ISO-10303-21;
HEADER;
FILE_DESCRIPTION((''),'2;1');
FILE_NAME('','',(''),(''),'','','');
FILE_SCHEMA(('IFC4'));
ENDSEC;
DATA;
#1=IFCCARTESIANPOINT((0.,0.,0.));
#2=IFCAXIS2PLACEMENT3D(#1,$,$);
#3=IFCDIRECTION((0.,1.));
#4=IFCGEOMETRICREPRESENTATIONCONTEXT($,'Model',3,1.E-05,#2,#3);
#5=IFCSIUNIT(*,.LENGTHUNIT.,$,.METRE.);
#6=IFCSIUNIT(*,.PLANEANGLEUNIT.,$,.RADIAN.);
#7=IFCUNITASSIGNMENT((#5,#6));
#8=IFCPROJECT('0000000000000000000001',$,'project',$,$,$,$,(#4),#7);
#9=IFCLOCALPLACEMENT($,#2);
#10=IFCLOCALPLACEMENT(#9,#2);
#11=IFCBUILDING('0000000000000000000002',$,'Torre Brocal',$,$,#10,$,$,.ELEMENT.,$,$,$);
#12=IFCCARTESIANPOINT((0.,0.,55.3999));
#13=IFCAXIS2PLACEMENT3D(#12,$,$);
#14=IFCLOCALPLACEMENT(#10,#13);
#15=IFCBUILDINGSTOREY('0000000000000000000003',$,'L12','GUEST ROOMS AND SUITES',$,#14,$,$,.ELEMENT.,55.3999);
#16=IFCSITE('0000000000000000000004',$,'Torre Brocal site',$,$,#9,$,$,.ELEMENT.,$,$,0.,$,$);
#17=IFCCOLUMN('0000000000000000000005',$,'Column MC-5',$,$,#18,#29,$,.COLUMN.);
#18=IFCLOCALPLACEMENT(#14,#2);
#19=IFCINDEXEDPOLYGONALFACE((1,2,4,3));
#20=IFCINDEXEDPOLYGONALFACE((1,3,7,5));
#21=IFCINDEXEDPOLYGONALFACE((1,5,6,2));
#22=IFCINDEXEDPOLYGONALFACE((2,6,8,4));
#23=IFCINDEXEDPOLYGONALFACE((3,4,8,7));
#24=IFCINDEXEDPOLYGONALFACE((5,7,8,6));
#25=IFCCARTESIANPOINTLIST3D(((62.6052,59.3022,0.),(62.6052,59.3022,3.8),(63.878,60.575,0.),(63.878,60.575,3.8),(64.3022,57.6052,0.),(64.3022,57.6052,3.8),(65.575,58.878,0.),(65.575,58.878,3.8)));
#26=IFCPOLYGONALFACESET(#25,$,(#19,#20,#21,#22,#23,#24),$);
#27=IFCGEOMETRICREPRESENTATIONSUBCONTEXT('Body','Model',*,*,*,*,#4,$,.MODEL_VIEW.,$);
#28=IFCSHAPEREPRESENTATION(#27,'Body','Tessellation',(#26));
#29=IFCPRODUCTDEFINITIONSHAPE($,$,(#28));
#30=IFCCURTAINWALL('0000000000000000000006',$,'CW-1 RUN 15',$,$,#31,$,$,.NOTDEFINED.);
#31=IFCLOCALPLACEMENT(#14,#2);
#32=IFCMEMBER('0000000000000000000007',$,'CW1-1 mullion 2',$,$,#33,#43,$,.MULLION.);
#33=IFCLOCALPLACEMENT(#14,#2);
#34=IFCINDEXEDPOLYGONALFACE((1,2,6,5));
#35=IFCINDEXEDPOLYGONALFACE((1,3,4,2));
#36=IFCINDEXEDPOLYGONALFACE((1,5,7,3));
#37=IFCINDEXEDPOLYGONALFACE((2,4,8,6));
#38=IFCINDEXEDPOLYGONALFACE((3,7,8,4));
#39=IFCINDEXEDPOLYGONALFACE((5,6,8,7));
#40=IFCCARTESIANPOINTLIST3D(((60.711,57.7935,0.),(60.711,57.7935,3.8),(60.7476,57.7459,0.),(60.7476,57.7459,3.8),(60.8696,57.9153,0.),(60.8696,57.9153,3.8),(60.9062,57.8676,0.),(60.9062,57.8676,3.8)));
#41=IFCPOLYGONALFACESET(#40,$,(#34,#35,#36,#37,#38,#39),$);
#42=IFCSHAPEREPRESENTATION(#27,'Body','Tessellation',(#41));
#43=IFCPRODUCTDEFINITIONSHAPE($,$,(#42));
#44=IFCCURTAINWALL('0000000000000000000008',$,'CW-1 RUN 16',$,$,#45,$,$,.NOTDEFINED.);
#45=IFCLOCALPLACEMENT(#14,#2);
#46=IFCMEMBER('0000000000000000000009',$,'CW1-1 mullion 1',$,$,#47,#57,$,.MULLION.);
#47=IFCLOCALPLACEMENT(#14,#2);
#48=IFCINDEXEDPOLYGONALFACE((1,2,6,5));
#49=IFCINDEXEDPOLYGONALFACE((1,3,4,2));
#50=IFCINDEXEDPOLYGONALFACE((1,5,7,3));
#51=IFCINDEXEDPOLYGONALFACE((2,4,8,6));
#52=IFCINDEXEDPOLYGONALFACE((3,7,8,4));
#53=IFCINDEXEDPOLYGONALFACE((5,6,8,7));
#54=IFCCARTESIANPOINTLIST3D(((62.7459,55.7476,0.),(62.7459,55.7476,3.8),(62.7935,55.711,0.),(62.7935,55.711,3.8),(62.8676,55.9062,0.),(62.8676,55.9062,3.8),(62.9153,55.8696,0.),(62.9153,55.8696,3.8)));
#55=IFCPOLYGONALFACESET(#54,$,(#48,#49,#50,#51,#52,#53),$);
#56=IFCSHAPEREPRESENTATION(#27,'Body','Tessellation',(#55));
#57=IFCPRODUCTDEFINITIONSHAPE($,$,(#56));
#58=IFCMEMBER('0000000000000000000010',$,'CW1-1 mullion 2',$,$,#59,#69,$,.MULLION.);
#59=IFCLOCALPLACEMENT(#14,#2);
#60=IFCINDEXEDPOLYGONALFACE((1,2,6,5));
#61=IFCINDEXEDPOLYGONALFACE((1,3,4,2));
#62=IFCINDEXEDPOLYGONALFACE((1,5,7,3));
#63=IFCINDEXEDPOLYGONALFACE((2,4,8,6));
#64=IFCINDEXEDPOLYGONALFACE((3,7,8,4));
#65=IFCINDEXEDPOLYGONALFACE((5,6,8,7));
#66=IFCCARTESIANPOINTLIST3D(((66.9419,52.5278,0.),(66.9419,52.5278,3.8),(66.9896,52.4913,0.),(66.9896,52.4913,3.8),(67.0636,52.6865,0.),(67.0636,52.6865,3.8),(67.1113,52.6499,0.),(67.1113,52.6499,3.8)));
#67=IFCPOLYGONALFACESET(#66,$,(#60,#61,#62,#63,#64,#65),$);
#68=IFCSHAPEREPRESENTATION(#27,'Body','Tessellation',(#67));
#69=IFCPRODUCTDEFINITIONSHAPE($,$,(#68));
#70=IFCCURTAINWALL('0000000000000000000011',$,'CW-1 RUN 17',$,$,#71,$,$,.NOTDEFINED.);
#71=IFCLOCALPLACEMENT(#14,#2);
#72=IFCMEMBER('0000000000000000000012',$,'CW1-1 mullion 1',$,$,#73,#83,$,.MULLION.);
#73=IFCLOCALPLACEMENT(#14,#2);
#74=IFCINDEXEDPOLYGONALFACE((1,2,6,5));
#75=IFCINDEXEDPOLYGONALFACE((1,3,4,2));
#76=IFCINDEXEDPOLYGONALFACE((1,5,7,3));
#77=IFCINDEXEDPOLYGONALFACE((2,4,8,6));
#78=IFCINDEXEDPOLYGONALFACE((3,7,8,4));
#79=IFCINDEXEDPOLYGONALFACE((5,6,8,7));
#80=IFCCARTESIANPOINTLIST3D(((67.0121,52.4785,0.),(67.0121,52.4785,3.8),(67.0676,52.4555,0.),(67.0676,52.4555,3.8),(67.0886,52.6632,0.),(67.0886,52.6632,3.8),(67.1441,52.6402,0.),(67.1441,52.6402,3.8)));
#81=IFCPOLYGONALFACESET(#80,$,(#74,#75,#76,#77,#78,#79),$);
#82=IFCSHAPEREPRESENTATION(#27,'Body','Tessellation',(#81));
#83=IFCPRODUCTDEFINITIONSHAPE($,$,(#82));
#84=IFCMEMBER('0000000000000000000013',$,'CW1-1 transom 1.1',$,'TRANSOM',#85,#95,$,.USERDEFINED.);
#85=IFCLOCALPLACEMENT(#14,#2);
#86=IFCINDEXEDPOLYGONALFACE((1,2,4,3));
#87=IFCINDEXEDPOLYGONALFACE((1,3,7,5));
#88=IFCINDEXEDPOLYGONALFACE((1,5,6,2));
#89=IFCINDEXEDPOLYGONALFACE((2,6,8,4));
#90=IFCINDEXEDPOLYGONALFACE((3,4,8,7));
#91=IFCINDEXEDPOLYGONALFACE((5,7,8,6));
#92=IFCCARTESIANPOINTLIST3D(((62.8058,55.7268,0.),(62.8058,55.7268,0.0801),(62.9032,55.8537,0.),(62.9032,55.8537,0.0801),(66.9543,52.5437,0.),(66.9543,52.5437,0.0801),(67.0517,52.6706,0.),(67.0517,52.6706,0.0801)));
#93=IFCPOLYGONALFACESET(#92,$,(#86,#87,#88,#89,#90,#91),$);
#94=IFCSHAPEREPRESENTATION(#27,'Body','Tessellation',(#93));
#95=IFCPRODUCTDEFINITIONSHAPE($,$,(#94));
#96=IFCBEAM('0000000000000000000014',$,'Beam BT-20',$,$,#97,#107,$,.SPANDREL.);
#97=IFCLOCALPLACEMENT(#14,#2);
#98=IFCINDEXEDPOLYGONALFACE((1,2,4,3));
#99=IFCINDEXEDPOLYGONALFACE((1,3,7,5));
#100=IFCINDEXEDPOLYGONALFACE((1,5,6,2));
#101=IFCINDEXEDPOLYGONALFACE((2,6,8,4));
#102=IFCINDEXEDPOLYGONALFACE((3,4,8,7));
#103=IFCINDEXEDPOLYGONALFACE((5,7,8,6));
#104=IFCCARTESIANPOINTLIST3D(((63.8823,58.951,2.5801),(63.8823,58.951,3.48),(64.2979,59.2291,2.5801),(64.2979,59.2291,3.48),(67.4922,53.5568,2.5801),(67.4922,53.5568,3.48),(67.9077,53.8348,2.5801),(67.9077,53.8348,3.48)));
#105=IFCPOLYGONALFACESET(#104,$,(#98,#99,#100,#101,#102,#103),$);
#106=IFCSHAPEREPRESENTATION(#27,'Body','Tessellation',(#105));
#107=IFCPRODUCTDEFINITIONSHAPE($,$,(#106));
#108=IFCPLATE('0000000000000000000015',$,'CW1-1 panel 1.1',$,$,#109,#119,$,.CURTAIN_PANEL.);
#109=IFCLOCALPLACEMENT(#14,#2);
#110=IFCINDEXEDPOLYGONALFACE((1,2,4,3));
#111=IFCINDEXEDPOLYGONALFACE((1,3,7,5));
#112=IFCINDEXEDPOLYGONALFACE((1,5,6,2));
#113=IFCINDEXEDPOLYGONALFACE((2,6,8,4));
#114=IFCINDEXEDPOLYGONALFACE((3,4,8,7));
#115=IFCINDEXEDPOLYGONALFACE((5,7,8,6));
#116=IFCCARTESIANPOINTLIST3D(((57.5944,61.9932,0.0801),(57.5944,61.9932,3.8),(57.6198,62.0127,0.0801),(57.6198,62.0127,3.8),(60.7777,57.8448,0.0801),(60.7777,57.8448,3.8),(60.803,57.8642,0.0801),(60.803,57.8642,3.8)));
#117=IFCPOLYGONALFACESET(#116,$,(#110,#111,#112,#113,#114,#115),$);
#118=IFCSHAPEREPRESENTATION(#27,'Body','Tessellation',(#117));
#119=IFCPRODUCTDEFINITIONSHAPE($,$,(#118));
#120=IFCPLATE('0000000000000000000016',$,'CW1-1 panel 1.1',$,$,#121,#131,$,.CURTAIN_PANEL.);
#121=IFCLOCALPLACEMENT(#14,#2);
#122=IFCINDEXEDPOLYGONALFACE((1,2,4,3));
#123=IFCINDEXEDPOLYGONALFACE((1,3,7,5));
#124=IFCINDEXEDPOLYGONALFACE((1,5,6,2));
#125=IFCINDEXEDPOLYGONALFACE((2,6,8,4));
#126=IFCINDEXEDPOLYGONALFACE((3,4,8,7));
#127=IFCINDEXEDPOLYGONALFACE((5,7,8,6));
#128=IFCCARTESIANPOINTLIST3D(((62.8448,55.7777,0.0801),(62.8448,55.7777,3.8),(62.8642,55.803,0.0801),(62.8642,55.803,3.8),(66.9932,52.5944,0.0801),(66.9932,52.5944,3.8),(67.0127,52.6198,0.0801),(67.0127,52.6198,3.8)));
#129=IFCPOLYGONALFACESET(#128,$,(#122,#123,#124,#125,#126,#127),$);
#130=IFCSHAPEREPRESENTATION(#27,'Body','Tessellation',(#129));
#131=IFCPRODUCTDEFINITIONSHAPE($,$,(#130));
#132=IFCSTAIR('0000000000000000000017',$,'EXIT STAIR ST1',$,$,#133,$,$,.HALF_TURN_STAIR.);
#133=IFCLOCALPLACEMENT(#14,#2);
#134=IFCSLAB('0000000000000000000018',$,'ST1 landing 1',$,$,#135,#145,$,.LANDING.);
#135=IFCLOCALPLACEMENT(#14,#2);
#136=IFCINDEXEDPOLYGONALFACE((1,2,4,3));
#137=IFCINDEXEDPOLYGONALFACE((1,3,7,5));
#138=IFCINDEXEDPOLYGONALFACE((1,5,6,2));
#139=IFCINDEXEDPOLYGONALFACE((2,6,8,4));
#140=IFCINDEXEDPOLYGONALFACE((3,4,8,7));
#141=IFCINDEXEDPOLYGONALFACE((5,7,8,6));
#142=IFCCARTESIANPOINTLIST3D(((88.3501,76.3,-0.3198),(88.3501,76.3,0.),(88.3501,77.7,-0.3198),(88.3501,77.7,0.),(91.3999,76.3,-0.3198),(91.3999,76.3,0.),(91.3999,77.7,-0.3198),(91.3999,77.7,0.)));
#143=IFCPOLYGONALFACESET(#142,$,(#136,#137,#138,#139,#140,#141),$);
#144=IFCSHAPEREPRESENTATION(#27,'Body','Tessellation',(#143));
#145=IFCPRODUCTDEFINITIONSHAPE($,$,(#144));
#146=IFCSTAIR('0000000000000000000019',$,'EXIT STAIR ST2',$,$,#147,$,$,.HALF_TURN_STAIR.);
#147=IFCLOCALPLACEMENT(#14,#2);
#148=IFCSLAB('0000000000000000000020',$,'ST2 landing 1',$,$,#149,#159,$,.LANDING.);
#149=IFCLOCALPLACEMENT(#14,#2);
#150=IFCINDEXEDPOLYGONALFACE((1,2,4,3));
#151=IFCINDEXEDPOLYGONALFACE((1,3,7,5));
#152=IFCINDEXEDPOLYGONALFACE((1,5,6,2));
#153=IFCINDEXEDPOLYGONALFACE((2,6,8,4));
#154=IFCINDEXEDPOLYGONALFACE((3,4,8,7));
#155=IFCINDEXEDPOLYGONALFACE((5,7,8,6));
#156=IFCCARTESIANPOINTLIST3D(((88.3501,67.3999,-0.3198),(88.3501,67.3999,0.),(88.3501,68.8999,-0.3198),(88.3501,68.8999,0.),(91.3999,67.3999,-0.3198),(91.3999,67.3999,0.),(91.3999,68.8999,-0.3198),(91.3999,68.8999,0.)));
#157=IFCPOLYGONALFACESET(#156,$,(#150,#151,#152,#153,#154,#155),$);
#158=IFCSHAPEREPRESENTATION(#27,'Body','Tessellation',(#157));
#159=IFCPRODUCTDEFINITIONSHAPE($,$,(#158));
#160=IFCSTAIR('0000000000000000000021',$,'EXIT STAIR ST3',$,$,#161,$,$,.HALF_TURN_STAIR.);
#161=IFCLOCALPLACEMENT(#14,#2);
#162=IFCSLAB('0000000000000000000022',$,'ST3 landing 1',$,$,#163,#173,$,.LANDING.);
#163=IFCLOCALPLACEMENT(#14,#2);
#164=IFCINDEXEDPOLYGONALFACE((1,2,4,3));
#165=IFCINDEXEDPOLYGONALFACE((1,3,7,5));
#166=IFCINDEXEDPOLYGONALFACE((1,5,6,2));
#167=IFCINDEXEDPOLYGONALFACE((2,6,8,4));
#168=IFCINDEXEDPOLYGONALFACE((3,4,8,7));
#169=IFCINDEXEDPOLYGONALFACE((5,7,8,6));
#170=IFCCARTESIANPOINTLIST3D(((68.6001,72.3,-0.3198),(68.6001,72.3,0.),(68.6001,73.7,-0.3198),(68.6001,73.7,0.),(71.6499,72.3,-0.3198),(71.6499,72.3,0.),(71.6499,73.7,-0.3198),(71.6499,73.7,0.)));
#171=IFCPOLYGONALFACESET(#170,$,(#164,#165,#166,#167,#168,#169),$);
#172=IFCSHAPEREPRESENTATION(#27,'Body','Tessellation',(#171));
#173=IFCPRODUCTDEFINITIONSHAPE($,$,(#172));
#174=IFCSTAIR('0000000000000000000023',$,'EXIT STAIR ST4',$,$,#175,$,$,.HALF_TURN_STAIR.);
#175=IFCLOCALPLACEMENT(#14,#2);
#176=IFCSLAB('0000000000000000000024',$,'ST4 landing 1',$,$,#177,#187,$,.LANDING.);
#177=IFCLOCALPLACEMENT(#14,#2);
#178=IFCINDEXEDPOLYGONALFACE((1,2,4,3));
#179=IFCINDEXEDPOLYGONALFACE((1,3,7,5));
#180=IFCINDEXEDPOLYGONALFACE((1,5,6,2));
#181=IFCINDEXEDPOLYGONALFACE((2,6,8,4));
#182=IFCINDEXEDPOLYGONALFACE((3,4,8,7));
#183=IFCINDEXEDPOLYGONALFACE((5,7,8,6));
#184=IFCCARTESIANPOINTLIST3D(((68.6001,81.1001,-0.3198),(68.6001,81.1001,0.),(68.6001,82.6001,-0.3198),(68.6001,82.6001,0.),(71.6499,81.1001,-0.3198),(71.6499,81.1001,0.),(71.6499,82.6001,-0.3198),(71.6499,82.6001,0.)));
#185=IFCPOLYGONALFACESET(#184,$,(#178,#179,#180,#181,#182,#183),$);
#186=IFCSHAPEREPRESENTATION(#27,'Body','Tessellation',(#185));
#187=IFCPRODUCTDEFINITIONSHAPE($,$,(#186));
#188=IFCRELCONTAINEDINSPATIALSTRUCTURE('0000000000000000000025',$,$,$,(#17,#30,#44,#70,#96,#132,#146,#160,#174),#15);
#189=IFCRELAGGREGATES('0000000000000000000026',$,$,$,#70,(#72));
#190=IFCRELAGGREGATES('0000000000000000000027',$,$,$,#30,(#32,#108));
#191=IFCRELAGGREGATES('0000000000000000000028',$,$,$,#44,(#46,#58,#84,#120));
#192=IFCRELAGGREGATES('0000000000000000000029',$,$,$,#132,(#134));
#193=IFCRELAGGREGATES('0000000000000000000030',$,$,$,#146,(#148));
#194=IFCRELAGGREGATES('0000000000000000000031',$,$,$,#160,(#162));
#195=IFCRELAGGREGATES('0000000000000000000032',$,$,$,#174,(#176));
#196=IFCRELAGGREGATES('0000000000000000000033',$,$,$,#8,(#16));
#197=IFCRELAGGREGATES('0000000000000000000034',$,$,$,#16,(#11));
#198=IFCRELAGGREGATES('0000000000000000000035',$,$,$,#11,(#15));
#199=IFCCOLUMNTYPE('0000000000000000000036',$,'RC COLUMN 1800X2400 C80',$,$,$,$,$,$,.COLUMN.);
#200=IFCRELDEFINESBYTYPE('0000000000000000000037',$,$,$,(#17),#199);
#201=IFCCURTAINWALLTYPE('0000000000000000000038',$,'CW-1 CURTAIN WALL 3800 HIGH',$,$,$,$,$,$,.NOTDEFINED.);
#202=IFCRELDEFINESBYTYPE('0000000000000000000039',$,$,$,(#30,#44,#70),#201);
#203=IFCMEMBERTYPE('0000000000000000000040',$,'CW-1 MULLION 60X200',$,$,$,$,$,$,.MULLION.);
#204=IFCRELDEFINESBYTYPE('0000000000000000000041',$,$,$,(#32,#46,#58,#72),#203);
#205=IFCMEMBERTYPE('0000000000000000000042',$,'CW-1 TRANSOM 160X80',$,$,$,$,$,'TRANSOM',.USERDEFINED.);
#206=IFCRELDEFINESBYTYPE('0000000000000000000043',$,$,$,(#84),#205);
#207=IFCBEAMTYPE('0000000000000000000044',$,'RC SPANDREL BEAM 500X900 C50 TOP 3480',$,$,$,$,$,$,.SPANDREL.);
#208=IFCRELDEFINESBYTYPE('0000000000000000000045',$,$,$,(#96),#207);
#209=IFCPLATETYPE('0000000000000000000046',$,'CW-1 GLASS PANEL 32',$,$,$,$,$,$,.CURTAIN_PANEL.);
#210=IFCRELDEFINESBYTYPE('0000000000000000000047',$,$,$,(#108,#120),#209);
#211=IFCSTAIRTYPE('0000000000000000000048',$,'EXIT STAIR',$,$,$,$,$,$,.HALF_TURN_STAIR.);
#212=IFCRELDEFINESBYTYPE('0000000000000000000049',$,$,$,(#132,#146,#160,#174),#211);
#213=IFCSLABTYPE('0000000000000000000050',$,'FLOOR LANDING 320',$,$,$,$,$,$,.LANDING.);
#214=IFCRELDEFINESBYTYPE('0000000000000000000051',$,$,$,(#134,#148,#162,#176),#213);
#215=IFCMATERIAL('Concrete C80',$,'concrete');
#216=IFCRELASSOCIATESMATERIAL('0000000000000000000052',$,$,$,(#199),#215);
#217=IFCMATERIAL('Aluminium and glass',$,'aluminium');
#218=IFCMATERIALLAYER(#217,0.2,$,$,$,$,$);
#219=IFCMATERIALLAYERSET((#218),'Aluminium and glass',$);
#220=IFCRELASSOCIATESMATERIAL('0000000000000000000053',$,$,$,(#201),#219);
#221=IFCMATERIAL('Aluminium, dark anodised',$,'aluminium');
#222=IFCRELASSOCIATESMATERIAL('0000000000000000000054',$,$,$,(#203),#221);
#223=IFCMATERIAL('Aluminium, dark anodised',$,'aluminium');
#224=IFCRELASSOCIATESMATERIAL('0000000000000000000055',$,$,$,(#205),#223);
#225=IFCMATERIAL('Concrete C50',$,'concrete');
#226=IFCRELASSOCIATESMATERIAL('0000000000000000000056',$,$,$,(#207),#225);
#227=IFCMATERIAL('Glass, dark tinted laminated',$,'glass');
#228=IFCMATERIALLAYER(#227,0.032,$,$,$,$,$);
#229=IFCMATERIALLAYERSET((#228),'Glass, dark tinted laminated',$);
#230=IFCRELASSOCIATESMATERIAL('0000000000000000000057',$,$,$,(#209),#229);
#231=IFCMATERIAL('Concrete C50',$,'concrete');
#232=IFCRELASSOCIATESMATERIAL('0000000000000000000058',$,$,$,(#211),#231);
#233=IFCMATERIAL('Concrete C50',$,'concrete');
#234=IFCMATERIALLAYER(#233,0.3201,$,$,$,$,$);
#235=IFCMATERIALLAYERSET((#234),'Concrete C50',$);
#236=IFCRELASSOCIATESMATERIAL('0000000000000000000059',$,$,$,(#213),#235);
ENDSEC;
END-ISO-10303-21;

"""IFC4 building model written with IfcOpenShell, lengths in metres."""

from ifc_helpers import new_model, si_unit, direction, frame, origin, origin_2d, place, context, subcontext, project, spatial, polyline, rectangle, outline, extrude, material, layer, layer_set, material_profile, profile_set, type_object, element, aggregate, save


model = new_model("IFC4")

# Units and contexts
model_context = context("Model", 3, precision=1e-05, world=origin(), true_north=direction((0.0, 1.0)))
body_context = subcontext(model_context, "Body", "Model", "MODEL_VIEW")
ifc_project = project(units=[si_unit("LENGTHUNIT", "METRE"), si_unit("PLANEANGLEUNIT", "RADIAN")], contexts=[model_context])

# Site, building, storey
site_placement = place(None, origin())
site = spatial("IfcSite", under=ifc_project, at=site_placement, Name="Torre Brocal site", CompositionType="ELEMENT", RefElevation=0.0)
building_placement = place(site_placement, origin())
building = spatial("IfcBuilding", under=site, at=building_placement, Name="Torre Brocal", CompositionType="ELEMENT")
storey_placement = place(building_placement, frame((0.0, 0.0, 55.3999)))
storey = spatial("IfcBuildingStorey", under=building, at=storey_placement, Name="L12", Description="GUEST ROOMS AND SUITES", CompositionType="ELEMENT", Elevation=55.3999)

# Column
ifc_material_1 = material(Name="Concrete C80", Category="concrete")
ifc_material_profile_1 = material_profile(ifc_material_1, rectangle(XDim=1.8, YDim=2.3999, at=origin_2d()), Name="RC 1800X2400")
ifc_profile_set_1 = profile_set([ifc_material_profile_1], Name="Concrete C80")
column_type = type_object("IfcColumnType", Name="RC COLUMN 1800X2400 C80", PredefinedType="COLUMN", material=ifc_profile_set_1)
column_placement = place(storey_placement, frame((64.0901, 59.0901, 0.0), z_axis=(0.0, 0.0, 1.0), x_axis=(-0.707107, -0.707107, 0.0)))
element("IfcColumn", 1, at=column_placement, inside=storey, type_object=column_type, Name="Column MC-5", PredefinedType="COLUMN", context=body_context, shape_type="SweptSolid", body=[
    extrude(rectangle(XDim=1.8, YDim=2.3999, at=origin_2d()), origin(), (0.0, 0.0, 1.0), 3.8),
])

# Curtain wall, member
ifc_material_2 = material(Name="Aluminium and glass", Category="aluminium")
ifc_layer_1 = layer(ifc_material_2, 0.2)
ifc_layer_set_1 = layer_set([ifc_layer_1], Name="Aluminium and glass")
curtain_wall_type = type_object("IfcCurtainWallType", Name="CW-1 CURTAIN WALL 3800 HIGH", PredefinedType="NOTDEFINED", material=ifc_layer_set_1)
curtain_wall_1_placement = place(storey_placement, origin())
curtain_wall_1 = element("IfcCurtainWall", 2, at=curtain_wall_1_placement, inside=storey, type_object=curtain_wall_type, Name="CW-1 RUN 15", PredefinedType="NOTDEFINED")
ifc_material_3 = material(Name="Aluminium, dark anodised", Category="aluminium")
ifc_material_profile_2 = material_profile(ifc_material_3, rectangle(XDim=0.2, YDim=0.0601, at=origin_2d()), Name="CW-1 MULLION 60X200")
ifc_profile_set_2 = profile_set([ifc_material_profile_2], Name="Aluminium, dark anodised")
member_type_1 = type_object("IfcMemberType", Name="CW-1 MULLION 60X200", PredefinedType="MULLION", material=ifc_profile_set_2)
member_1_placement = place(storey_placement, frame((60.8086, 57.8306, 0.0), z_axis=(0.0, 0.0, 1.0), x_axis=(0.793353, 0.608761, 0.0)))
member_1 = element("IfcMember", 3, at=member_1_placement, type_object=member_type_1, Name="CW1-1 mullion 2", PredefinedType="MULLION", context=body_context, shape_type="SweptSolid", body=[
    extrude(rectangle(XDim=0.2, YDim=0.0601, at=origin_2d()), origin(), (0.0, 0.0, 1.0), 3.8),
])

# Curtain wall, members
curtain_wall_2_placement = place(storey_placement, origin())
curtain_wall_2 = element("IfcCurtainWall", 4, at=curtain_wall_2_placement, inside=storey, type_object=curtain_wall_type, Name="CW-1 RUN 16", PredefinedType="NOTDEFINED")
member_2_placement = place(storey_placement, frame((62.8306, 55.8086, 0.0), z_axis=(0.0, 0.0, 1.0), x_axis=(0.608761, 0.793353, 0.0)))
member_2 = element("IfcMember", 5, at=member_2_placement, type_object=member_type_1, Name="CW1-1 mullion 1", PredefinedType="MULLION", context=body_context, shape_type="SweptSolid", body=[
    extrude(rectangle(XDim=0.2, YDim=0.0601, at=origin_2d()), origin(), (0.0, 0.0, 1.0), 3.8),
])
member_3_placement = place(storey_placement, frame((67.0266, 52.5889, 0.0), z_axis=(0.0, 0.0, 1.0), x_axis=(0.608761, 0.793353, 0.0)))
member_3 = element("IfcMember", 6, at=member_3_placement, type_object=member_type_1, Name="CW1-1 mullion 2", PredefinedType="MULLION", context=body_context, shape_type="SweptSolid", body=[
    extrude(rectangle(XDim=0.2, YDim=0.0601, at=origin_2d()), origin(), (0.0, 0.0, 1.0), 3.8),
])

# Curtain wall, member
curtain_wall_3_placement = place(storey_placement, origin())
curtain_wall_3 = element("IfcCurtainWall", 7, at=curtain_wall_3_placement, inside=storey, type_object=curtain_wall_type, Name="CW-1 RUN 17", PredefinedType="NOTDEFINED")
member_4_placement = place(storey_placement, frame((67.0781, 52.5593, 0.0), z_axis=(0.0, 0.0, 1.0), x_axis=(0.382683, 0.92388, 0.0)))
member_4 = element("IfcMember", 8, at=member_4_placement, type_object=member_type_1, Name="CW1-1 mullion 1", PredefinedType="MULLION", context=body_context, shape_type="SweptSolid", body=[
    extrude(rectangle(XDim=0.2, YDim=0.0601, at=origin_2d()), origin(), (0.0, 0.0, 1.0), 3.8),
])
aggregate(curtain_wall_3, [member_4])

# Member
ifc_material_4 = material(Name="Aluminium, dark anodised", Category="aluminium")
ifc_material_profile_3 = material_profile(ifc_material_4, rectangle(XDim=0.1599, YDim=0.0801, at=origin_2d()), Name="CW-1 TRANSOM 160X80")
ifc_profile_set_3 = profile_set([ifc_material_profile_3], Name="Aluminium, dark anodised")
member_type_2 = type_object("IfcMemberType", Name="CW-1 TRANSOM 160X80", ElementType="TRANSOM", PredefinedType="USERDEFINED", material=ifc_profile_set_3)
member_5_placement = place(storey_placement, frame((62.8545, 55.7903, 0.04), z_axis=(0.793363, -0.608749, 0.0), x_axis=(0.608749, 0.793363, 0.0)))
member_5 = element("IfcMember", 9, at=member_5_placement, type_object=member_type_2, Name="CW1-1 transom 1.1", ObjectType="TRANSOM", PredefinedType="USERDEFINED", context=body_context, shape_type="SweptSolid", body=[
    extrude(rectangle(XDim=0.1599, YDim=0.0801, at=origin_2d()), origin(), (0.0, 0.0, 1.0), 5.229),
])

# Beam
ifc_material_5 = material(Name="Concrete C50", Category="concrete")
ifc_material_profile_4 = material_profile(ifc_material_5, rectangle(XDim=0.5, YDim=0.8999, at=origin_2d()), Name="RC 500X900")
ifc_profile_set_4 = profile_set([ifc_material_profile_4], Name="Concrete C50")
beam_type = type_object("IfcBeamType", Name="RC SPANDREL BEAM 500X900 C50 TOP 3480", PredefinedType="SPANDREL", material=ifc_profile_set_4)
beam_placement = place(storey_placement, frame((64.0901, 59.0901, 3.03), z_axis=(0.556158, -0.831077, 0.0), x_axis=(0.831077, 0.556158, 0.0)))
element("IfcBeam", 10, at=beam_placement, inside=storey, type_object=beam_type, Name="Beam BT-20", PredefinedType="SPANDREL", context=body_context, shape_type="SweptSolid", body=[
    extrude(rectangle(XDim=0.5, YDim=0.8999, at=origin_2d()), origin(), (0.0, 0.0, 1.0), 6.4907),
])

# Plates
ifc_material_6 = material(Name="Glass, dark tinted laminated", Category="glass")
ifc_layer_2 = layer(ifc_material_6, 0.032)
ifc_layer_set_2 = layer_set([ifc_layer_2], Name="Glass, dark tinted laminated")
plate_type = type_object("IfcPlateType", Name="CW-1 GLASS PANEL 32", PredefinedType="CURTAIN_PANEL", material=ifc_layer_set_2)
plate_1_placement = place(storey_placement, frame((59.1987, 59.9287, 0.0801), z_axis=(0.0, 0.0, 1.0), x_axis=(0.608761, -0.793353, 0.0)))
plate_1 = element("IfcPlate", 11, at=plate_1_placement, type_object=plate_type, Name="CW1-1 panel 1.1", PredefinedType="CURTAIN_PANEL", context=body_context, shape_type="SweptSolid", body=[
    extrude(rectangle(XDim=5.229, YDim=0.032, at=origin_2d()), origin(), (0.0, 0.0, 1.0), 3.72),
])
aggregate(curtain_wall_1, [member_1, plate_1])
plate_2_placement = place(storey_placement, frame((64.9287, 54.1987, 0.0801), z_axis=(0.0, 0.0, 1.0), x_axis=(0.793353, -0.608761, 0.0)))
plate_2 = element("IfcPlate", 12, at=plate_2_placement, type_object=plate_type, Name="CW1-1 panel 1.1", PredefinedType="CURTAIN_PANEL", context=body_context, shape_type="SweptSolid", body=[
    extrude(rectangle(XDim=5.229, YDim=0.032, at=origin_2d()), origin(), (0.0, 0.0, 1.0), 3.72),
])
aggregate(curtain_wall_2, [member_2, member_3, member_5, plate_2])

# Stairs, slabs
ifc_material_7 = material(Name="Concrete C50", Category="concrete")
stair_type = type_object("IfcStairType", Name="EXIT STAIR", PredefinedType="HALF_TURN_STAIR", material=ifc_material_7)
stair_1_placement = place(storey_placement, origin())
stair_1 = element("IfcStair", 13, at=stair_1_placement, inside=storey, type_object=stair_type, Name="EXIT STAIR ST1", PredefinedType="HALF_TURN_STAIR")
ifc_material_8 = material(Name="Concrete C50", Category="concrete")
ifc_layer_3 = layer(ifc_material_8, 0.3201)
ifc_layer_set_3 = layer_set([ifc_layer_3], Name="Concrete C50")
slab_type_1 = type_object("IfcSlabType", Name="FLOOR LANDING 320", PredefinedType="LANDING", material=ifc_layer_set_3)
slab_1_placement = place(storey_placement, frame((0.0, 0.0, -0.3198)))
slab_1 = element("IfcSlab", 14, at=slab_1_placement, type_object=slab_type_1, Name="ST1 landing 1", PredefinedType="LANDING", context=body_context, shape_type="SweptSolid", body=[
    extrude(outline(polyline([(88.3501, 76.3), (91.3999, 76.3), (91.3999, 77.7), (88.3501, 77.7), (88.3501, 76.3)])), origin(), (0.0, 0.0, 1.0), 0.3198),
])
stair_2_placement = place(storey_placement, origin())
stair_2 = element("IfcStair", 15, at=stair_2_placement, inside=storey, type_object=stair_type, Name="EXIT STAIR ST2", PredefinedType="HALF_TURN_STAIR")
slab_2_placement = place(storey_placement, frame((0.0, 0.0, -0.3198)))
slab_2 = element("IfcSlab", 16, at=slab_2_placement, type_object=slab_type_1, Name="ST2 landing 1", PredefinedType="LANDING", context=body_context, shape_type="SweptSolid", body=[
    extrude(outline(polyline([(88.3501, 67.3999), (91.3999, 67.3999), (91.3999, 68.8999), (88.3501, 68.8999), (88.3501, 67.3999)])), origin(), (0.0, 0.0, 1.0), 0.3198),
])
stair_3_placement = place(storey_placement, origin())
stair_3 = element("IfcStair", 17, at=stair_3_placement, inside=storey, type_object=stair_type, Name="EXIT STAIR ST3", PredefinedType="HALF_TURN_STAIR")
slab_3_placement = place(storey_placement, frame((0.0, 0.0, -0.3198)))
slab_3 = element("IfcSlab", 18, at=slab_3_placement, type_object=slab_type_1, Name="ST3 landing 1", PredefinedType="LANDING", context=body_context, shape_type="SweptSolid", body=[
    extrude(outline(polyline([(71.6499, 73.7), (68.6001, 73.7), (68.6001, 72.3), (71.6499, 72.3), (71.6499, 73.7)])), origin(), (0.0, 0.0, 1.0), 0.3198),
])
stair_4_placement = place(storey_placement, origin())
stair_4 = element("IfcStair", 19, at=stair_4_placement, inside=storey, type_object=stair_type, Name="EXIT STAIR ST4", PredefinedType="HALF_TURN_STAIR")
slab_4_placement = place(storey_placement, frame((0.0, 0.0, -0.3198)))
slab_4 = element("IfcSlab", 20, at=slab_4_placement, type_object=slab_type_1, Name="ST4 landing 1", PredefinedType="LANDING", context=body_context, shape_type="SweptSolid", body=[
    extrude(outline(polyline([(71.6499, 82.6001), (68.6001, 82.6001), (68.6001, 81.1001), (71.6499, 81.1001), (71.6499, 82.6001)])), origin(), (0.0, 0.0, 1.0), 0.3198),
])

aggregate(stair_1, [slab_1])
aggregate(stair_2, [slab_2])
aggregate(stair_3, [slab_3])
aggregate(stair_4, [slab_4])

save(model, "model.ifc")
